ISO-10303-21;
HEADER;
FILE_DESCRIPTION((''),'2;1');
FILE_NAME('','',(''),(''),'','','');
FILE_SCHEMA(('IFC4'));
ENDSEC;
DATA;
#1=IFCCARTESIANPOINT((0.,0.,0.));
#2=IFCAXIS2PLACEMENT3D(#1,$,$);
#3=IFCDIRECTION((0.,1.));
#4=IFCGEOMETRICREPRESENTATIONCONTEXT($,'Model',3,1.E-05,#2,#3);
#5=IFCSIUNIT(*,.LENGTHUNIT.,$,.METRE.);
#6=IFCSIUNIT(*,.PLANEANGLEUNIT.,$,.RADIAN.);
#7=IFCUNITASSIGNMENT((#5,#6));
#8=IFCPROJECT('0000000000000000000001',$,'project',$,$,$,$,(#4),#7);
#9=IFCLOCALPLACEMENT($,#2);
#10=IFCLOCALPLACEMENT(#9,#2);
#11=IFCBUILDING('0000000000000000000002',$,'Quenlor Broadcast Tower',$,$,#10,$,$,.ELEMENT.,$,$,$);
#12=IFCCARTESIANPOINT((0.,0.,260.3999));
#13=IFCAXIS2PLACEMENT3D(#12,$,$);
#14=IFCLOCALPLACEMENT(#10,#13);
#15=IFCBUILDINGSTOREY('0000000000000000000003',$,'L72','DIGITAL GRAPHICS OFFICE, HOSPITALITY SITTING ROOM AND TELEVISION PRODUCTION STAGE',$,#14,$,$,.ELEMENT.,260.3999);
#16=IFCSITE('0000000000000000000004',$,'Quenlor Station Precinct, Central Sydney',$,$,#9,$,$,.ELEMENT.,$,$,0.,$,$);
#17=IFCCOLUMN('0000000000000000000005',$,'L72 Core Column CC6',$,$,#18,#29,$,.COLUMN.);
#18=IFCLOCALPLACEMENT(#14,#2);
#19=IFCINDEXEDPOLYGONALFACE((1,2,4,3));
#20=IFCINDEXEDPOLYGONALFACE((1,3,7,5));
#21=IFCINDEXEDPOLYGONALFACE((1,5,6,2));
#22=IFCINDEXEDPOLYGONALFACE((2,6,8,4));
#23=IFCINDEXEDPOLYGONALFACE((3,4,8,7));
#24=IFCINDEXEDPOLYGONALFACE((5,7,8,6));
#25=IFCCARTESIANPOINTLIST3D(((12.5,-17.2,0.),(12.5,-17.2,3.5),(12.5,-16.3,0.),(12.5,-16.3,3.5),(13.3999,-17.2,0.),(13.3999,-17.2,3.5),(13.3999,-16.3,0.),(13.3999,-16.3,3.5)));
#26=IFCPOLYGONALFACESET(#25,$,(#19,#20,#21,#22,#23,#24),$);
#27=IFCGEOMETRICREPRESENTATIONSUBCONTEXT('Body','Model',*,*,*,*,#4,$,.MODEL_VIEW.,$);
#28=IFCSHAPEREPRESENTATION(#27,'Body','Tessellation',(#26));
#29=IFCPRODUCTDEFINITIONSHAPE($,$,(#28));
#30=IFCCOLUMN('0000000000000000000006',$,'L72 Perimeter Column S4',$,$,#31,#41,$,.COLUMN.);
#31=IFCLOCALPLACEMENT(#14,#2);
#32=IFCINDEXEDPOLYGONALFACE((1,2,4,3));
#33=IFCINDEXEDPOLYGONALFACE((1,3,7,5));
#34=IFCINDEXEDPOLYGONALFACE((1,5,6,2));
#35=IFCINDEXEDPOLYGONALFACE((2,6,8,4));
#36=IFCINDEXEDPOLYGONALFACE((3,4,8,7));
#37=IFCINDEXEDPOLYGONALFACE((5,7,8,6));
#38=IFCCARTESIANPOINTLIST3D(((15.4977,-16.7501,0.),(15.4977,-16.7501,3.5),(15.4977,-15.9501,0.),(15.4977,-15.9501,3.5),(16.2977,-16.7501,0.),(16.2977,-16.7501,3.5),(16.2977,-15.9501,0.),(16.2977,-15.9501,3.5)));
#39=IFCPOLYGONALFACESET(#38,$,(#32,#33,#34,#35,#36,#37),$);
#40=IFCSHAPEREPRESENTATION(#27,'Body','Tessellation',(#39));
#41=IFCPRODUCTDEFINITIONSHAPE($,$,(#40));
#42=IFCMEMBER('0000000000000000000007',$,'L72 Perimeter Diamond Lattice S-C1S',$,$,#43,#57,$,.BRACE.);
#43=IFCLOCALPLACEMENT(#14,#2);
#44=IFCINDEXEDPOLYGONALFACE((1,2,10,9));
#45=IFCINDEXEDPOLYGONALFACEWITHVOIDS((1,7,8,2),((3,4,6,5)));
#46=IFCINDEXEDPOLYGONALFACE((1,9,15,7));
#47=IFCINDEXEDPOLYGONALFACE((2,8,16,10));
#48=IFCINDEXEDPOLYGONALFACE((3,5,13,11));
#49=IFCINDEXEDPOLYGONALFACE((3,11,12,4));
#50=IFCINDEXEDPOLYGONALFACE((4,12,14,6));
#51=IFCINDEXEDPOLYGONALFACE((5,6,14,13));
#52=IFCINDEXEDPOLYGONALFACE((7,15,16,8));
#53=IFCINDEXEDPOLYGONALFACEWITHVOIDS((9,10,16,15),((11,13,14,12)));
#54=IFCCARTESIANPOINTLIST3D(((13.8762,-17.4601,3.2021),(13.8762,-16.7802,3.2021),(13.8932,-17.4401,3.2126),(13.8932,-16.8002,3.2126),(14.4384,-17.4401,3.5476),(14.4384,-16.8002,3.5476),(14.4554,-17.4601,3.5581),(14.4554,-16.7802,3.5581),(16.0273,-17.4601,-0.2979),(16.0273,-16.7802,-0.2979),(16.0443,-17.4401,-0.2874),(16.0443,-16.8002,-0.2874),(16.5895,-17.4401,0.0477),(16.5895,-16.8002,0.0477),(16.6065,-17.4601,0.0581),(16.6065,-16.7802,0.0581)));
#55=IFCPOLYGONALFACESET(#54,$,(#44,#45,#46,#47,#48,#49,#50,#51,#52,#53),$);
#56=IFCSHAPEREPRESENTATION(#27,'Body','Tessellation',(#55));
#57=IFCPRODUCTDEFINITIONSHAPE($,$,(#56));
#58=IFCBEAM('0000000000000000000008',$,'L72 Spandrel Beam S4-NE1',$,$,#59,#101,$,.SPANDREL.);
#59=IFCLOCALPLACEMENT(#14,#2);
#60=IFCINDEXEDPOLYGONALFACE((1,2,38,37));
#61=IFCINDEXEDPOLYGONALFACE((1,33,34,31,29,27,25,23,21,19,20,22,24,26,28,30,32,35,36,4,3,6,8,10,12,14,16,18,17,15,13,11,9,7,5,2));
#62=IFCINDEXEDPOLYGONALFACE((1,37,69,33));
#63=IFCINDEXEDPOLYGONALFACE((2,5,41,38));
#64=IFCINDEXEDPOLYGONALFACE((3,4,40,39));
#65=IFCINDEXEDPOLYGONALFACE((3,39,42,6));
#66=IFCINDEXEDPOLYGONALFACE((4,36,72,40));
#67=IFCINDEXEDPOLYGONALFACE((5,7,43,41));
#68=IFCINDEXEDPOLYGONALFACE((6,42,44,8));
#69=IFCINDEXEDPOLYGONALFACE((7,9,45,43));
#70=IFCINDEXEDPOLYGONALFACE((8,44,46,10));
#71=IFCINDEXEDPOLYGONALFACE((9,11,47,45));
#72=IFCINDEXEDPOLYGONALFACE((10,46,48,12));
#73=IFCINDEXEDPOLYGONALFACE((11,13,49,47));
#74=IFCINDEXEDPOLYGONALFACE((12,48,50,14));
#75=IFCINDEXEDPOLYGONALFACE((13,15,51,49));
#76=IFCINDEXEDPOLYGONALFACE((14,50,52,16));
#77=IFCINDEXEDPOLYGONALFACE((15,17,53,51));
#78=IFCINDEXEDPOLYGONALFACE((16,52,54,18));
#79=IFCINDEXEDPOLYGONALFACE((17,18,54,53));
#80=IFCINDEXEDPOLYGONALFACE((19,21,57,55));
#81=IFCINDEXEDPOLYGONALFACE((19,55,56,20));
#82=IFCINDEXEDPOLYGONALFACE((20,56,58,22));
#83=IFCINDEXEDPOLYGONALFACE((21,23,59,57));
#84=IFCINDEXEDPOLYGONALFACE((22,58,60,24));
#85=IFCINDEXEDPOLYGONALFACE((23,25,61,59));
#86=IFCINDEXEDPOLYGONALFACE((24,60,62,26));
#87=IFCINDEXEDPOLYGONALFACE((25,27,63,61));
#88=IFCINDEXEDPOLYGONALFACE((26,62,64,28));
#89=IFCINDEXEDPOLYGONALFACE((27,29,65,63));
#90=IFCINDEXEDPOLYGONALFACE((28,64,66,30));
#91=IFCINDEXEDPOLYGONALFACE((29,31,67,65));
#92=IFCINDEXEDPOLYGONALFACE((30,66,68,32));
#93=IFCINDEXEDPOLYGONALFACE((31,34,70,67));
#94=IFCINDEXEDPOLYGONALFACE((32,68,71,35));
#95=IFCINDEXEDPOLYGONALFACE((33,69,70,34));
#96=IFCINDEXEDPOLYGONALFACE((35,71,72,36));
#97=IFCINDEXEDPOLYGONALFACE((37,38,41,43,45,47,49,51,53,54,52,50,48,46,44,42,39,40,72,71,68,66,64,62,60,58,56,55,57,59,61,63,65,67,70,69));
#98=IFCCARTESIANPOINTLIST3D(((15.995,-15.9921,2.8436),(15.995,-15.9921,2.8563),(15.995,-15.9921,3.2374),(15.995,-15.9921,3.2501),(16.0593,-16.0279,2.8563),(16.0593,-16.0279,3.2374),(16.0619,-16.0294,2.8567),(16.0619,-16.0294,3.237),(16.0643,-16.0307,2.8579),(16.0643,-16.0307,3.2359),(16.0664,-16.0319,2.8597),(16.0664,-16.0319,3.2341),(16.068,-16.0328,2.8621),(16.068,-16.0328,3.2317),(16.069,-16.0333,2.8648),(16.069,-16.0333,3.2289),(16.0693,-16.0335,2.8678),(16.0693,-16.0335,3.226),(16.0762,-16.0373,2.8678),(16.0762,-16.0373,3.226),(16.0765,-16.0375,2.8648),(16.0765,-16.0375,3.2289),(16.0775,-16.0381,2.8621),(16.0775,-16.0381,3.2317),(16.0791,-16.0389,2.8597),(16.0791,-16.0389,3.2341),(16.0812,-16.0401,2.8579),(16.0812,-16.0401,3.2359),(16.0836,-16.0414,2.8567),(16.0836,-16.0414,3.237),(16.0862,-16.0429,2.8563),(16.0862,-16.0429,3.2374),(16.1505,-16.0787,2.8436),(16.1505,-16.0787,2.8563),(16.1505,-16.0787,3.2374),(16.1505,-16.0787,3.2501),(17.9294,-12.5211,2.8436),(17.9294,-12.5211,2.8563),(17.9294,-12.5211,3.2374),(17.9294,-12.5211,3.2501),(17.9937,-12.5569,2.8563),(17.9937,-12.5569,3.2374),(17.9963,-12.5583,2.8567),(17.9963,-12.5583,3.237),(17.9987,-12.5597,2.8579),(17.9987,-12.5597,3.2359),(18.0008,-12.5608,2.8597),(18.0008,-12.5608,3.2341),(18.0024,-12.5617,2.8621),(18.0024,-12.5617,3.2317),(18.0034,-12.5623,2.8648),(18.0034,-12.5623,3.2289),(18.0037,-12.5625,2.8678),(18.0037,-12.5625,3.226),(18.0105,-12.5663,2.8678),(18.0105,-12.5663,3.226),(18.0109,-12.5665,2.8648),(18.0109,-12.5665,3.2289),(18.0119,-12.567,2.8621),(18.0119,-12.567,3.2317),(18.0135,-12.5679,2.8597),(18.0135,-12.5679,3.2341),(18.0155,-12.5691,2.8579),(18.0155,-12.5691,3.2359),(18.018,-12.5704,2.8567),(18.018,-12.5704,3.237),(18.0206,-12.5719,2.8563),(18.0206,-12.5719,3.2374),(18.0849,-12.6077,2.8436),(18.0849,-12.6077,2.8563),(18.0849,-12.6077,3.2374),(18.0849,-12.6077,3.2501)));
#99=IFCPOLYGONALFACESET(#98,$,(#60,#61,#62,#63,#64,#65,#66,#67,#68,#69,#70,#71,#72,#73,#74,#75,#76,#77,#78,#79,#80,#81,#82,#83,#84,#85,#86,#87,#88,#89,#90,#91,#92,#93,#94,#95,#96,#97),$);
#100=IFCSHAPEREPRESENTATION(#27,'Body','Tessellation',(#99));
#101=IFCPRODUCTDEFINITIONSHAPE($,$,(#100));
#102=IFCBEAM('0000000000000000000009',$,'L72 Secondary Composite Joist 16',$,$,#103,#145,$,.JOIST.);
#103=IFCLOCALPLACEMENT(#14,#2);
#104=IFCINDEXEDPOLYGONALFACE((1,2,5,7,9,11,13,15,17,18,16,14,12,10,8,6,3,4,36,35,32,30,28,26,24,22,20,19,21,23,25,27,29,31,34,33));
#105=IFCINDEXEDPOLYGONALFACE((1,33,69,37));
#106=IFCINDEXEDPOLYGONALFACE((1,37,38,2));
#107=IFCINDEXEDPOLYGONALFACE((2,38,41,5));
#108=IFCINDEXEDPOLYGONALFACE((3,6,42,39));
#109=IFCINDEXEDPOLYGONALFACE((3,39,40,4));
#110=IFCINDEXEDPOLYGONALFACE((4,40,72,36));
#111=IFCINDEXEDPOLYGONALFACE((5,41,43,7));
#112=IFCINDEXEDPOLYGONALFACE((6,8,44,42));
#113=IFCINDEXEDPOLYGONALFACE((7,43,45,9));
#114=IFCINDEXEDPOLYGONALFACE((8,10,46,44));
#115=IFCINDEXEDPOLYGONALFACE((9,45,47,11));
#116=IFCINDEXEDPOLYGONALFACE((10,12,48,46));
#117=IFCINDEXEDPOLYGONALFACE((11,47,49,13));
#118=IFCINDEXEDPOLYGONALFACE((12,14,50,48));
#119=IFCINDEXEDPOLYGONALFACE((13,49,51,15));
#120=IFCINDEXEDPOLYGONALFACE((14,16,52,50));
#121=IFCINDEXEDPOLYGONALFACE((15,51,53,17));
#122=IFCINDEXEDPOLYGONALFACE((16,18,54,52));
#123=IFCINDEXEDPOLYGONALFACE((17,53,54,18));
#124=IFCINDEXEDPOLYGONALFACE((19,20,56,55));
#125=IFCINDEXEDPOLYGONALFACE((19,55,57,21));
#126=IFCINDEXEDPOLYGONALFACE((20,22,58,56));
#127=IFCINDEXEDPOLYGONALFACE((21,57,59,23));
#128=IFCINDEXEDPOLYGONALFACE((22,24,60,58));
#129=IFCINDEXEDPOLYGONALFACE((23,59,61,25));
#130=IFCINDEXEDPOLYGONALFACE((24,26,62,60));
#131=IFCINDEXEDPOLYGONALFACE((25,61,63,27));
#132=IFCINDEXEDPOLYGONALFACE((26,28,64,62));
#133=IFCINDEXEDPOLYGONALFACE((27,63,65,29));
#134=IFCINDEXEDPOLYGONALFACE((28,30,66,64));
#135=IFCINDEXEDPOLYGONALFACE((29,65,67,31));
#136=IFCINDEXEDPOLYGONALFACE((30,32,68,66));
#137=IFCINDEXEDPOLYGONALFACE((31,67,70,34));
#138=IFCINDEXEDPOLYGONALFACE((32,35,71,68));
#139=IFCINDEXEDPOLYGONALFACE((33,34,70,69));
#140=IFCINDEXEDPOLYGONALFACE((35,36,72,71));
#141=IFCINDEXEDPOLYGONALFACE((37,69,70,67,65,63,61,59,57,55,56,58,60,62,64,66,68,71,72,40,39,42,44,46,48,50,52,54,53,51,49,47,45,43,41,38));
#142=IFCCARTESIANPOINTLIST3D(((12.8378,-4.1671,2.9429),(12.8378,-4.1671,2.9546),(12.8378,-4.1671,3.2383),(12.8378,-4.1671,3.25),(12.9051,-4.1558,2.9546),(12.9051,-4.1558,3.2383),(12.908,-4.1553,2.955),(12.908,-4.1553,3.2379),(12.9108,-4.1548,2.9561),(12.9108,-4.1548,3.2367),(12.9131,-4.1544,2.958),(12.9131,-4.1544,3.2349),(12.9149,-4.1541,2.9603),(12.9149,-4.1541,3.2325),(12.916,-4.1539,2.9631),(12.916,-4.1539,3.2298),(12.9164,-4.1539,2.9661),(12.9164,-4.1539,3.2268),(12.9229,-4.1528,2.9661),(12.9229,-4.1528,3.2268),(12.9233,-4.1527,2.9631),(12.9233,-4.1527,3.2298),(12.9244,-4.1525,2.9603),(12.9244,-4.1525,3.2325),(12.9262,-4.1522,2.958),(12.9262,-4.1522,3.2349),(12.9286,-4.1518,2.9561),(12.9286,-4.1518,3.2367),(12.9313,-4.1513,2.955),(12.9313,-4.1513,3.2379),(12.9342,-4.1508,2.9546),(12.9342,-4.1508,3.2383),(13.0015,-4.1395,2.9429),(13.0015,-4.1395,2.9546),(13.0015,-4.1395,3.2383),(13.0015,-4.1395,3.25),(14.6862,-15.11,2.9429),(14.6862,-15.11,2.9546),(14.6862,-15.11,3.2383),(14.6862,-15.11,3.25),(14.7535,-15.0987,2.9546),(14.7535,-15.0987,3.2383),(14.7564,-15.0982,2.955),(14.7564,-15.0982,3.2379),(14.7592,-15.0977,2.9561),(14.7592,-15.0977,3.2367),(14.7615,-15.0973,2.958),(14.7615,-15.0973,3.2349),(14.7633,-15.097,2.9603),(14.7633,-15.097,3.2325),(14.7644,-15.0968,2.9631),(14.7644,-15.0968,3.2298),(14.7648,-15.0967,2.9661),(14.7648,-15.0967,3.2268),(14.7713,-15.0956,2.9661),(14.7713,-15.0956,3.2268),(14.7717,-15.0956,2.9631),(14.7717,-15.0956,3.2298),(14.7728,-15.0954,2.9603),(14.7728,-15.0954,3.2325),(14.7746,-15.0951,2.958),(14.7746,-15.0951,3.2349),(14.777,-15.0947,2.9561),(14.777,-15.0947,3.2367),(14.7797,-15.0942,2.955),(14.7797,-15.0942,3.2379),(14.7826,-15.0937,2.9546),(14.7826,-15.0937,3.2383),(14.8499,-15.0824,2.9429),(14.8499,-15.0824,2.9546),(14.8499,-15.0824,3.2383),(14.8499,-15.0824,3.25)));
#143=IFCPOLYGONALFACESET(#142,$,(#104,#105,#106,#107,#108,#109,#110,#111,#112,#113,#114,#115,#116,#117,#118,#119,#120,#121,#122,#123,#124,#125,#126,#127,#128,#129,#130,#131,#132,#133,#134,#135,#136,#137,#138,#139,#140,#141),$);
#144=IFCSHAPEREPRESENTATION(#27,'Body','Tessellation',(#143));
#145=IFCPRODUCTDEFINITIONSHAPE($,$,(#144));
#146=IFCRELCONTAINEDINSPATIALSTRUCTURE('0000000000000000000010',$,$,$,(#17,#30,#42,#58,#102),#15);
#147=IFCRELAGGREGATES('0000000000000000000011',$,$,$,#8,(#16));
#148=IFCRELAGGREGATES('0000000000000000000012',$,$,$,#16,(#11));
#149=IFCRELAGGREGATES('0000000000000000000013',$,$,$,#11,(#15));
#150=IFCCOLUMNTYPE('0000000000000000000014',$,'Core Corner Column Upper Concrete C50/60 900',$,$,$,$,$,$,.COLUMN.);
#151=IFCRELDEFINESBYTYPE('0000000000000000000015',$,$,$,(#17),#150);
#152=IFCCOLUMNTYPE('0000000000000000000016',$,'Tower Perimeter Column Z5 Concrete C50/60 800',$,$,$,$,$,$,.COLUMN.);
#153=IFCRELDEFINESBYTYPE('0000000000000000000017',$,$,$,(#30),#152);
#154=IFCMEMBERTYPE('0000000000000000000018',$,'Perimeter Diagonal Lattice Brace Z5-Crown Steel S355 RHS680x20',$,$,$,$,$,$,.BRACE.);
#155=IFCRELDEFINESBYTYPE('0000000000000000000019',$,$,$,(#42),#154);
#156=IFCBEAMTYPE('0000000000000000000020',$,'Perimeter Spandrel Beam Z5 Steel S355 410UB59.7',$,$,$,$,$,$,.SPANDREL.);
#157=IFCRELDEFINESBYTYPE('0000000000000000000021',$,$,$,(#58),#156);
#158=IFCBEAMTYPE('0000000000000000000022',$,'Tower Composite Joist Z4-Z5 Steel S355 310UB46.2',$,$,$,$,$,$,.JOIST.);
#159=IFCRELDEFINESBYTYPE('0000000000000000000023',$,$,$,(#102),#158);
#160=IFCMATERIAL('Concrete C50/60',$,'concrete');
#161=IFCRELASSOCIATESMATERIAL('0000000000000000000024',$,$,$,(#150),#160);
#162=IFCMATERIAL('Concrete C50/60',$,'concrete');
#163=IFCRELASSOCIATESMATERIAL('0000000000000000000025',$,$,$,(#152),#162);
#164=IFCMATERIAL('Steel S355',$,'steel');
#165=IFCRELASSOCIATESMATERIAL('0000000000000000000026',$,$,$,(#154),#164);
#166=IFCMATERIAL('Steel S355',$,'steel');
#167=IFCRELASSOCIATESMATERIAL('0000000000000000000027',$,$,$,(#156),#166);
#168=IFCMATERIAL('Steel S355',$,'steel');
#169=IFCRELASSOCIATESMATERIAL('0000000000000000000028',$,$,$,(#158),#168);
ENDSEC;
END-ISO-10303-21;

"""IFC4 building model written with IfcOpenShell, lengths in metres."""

from ifc_helpers import new_model, si_unit, direction, frame, origin, origin_2d, place, context, subcontext, project, spatial, rectangle, hollow_rectangle, i_section, extrude, material, material_profile, profile_set, type_object, element, save


model = new_model("IFC4")

# Units and contexts
model_context = context("Model", 3, precision=1e-05, world=origin(), true_north=direction((0.0, 1.0)))
body_context = subcontext(model_context, "Body", "Model", "MODEL_VIEW")
ifc_project = project(units=[si_unit("LENGTHUNIT", "METRE"), si_unit("PLANEANGLEUNIT", "RADIAN")], contexts=[model_context])

# Site, building, storey
site_placement = place(None, origin())
site = spatial("IfcSite", under=ifc_project, at=site_placement, Name="Quenlor Station Precinct, Central Sydney", CompositionType="ELEMENT", RefElevation=0.0)
building_placement = place(site_placement, origin())
building = spatial("IfcBuilding", under=site, at=building_placement, Name="Quenlor Broadcast Tower", CompositionType="ELEMENT")
storey_placement = place(building_placement, frame((0.0, 0.0, 260.3999)))
storey = spatial("IfcBuildingStorey", under=building, at=storey_placement, Name="L72", Description="DIGITAL GRAPHICS OFFICE, HOSPITALITY SITTING ROOM AND TELEVISION PRODUCTION STAGE", CompositionType="ELEMENT", Elevation=260.3999)

# Columns
ifc_material_1 = material(Name="Concrete C50/60", Category="concrete")
ifc_material_profile_1 = material_profile(ifc_material_1, rectangle(XDim=0.8999, YDim=0.8999, at=origin_2d()))
ifc_profile_set_1 = profile_set([ifc_material_profile_1], Name="Concrete C50/60 RC900x900")
column_type_1 = type_object("IfcColumnType", Name="Core Corner Column Upper Concrete C50/60 900", PredefinedType="COLUMN", material=ifc_profile_set_1)
column_1_placement = place(storey_placement, frame((12.95, -16.75, 0.0), z_axis=(0.0, 0.0, 1.0), x_axis=(1.0, 0.0, 0.0)))
element("IfcColumn", 1, at=column_1_placement, inside=storey, type_object=column_type_1, Name="L72 Core Column CC6", PredefinedType="COLUMN", context=body_context, shape_type="SweptSolid", body=[
    extrude(rectangle(XDim=0.8999, YDim=0.8999, at=origin_2d()), origin(), (0.0, 0.0, 1.0), 3.5),
])
ifc_material_2 = material(Name="Concrete C50/60", Category="concrete")
ifc_material_profile_2 = material_profile(ifc_material_2, rectangle(XDim=0.8, YDim=0.8, at=origin_2d()))
ifc_profile_set_2 = profile_set([ifc_material_profile_2], Name="Concrete C50/60 RC800x800")
column_type_2 = type_object("IfcColumnType", Name="Tower Perimeter Column Z5 Concrete C50/60 800", PredefinedType="COLUMN", material=ifc_profile_set_2)
column_2_placement = place(storey_placement, frame((15.8977, -16.3501, 0.0), z_axis=(0.0, 0.0, 1.0), x_axis=(0.0, 1.0, 0.0)))
element("IfcColumn", 2, at=column_2_placement, inside=storey, type_object=column_type_2, Name="L72 Perimeter Column S4", PredefinedType="COLUMN", context=body_context, shape_type="SweptSolid", body=[
    extrude(rectangle(XDim=0.8, YDim=0.8, at=origin_2d()), origin(), (0.0, 0.0, 1.0), 3.5),
])

# Member
ifc_material_3 = material(Name="Steel S355", Category="steel")
ifc_material_profile_3 = material_profile(ifc_material_3, hollow_rectangle(XDim=0.6799, YDim=0.6799, WallThickness=0.02, at=origin_2d()))
ifc_profile_set_3 = profile_set([ifc_material_profile_3], Name="Steel S355 RHS680x680x20")
member_type = type_object("IfcMemberType", Name="Perimeter Diagonal Lattice Brace Z5-Crown Steel S355 RHS680x20", PredefinedType="BRACE", material=ifc_profile_set_3)
member_placement = place(storey_placement, frame((16.3169, -17.1201, -0.1199), z_axis=(-0.523617, 0.0, 0.851954), x_axis=(0.0, -1.0, 0.0)))
element("IfcMember", 3, at=member_placement, inside=storey, type_object=member_type, Name="L72 Perimeter Diamond Lattice S-C1S", PredefinedType="BRACE", context=body_context, shape_type="SweptSolid", body=[
    extrude(hollow_rectangle(XDim=0.6799, YDim=0.6799, WallThickness=0.02, at=origin_2d()), origin(), (0.0, 0.0, 1.0), 4.1082),
])

# Beams
ifc_material_4 = material(Name="Steel S355", Category="steel")
ifc_material_profile_4 = material_profile(ifc_material_4, i_section(OverallWidth=0.178, OverallDepth=0.4065, WebThickness=0.0078, FlangeThickness=0.0127, FilletRadius=0.0115, at=origin_2d()))
ifc_profile_set_4 = profile_set([ifc_material_profile_4], Name="Steel S355 410UB59.7")
beam_type_1 = type_object("IfcBeamType", Name="Perimeter Spandrel Beam Z5 Steel S355 410UB59.7", PredefinedType="SPANDREL", material=ifc_profile_set_4)
beam_1_placement = place(storey_placement, frame((16.0728, -16.0354, 3.0469), z_axis=(0.486801, 0.873513, 0.0), x_axis=(-0.873513, 0.486801, 0.0)))
element("IfcBeam", 4, at=beam_1_placement, inside=storey, type_object=beam_type_1, Name="L72 Spandrel Beam S4-NE1", PredefinedType="SPANDREL", context=body_context, shape_type="SweptSolid", body=[
    extrude(i_section(OverallWidth=0.178, OverallDepth=0.4065, WebThickness=0.0078, FlangeThickness=0.0127, FilletRadius=0.0115, at=origin_2d()), origin(), (0.0, 0.0, 1.0), 3.9736),
])
ifc_material_5 = material(Name="Steel S355", Category="steel")
ifc_material_profile_5 = material_profile(ifc_material_5, i_section(OverallWidth=0.166, OverallDepth=0.3071, WebThickness=0.0066, FlangeThickness=0.0117, FilletRadius=0.0115, at=origin_2d()))
ifc_profile_set_5 = profile_set([ifc_material_profile_5], Name="Steel S355 310UB46.2")
beam_type_2 = type_object("IfcBeamType", Name="Tower Composite Joist Z4-Z5 Steel S355 310UB46.2", PredefinedType="JOIST", material=ifc_profile_set_5)
beam_2_placement = place(storey_placement, frame((14.7681, -15.0962, 3.0964), z_axis=(-0.166553, 0.986032, 0.0), x_axis=(-0.986032, -0.166553, 0.0)))
element("IfcBeam", 5, at=beam_2_placement, inside=storey, type_object=beam_type_2, Name="L72 Secondary Composite Joist 16", PredefinedType="JOIST", context=body_context, shape_type="SweptSolid", body=[
    extrude(i_section(OverallWidth=0.166, OverallDepth=0.3071, WebThickness=0.0066, FlangeThickness=0.0117, FilletRadius=0.0115, at=origin_2d()), origin(), (0.0, 0.0, 1.0), 11.0979),
])

save(model, "model.ifc")
